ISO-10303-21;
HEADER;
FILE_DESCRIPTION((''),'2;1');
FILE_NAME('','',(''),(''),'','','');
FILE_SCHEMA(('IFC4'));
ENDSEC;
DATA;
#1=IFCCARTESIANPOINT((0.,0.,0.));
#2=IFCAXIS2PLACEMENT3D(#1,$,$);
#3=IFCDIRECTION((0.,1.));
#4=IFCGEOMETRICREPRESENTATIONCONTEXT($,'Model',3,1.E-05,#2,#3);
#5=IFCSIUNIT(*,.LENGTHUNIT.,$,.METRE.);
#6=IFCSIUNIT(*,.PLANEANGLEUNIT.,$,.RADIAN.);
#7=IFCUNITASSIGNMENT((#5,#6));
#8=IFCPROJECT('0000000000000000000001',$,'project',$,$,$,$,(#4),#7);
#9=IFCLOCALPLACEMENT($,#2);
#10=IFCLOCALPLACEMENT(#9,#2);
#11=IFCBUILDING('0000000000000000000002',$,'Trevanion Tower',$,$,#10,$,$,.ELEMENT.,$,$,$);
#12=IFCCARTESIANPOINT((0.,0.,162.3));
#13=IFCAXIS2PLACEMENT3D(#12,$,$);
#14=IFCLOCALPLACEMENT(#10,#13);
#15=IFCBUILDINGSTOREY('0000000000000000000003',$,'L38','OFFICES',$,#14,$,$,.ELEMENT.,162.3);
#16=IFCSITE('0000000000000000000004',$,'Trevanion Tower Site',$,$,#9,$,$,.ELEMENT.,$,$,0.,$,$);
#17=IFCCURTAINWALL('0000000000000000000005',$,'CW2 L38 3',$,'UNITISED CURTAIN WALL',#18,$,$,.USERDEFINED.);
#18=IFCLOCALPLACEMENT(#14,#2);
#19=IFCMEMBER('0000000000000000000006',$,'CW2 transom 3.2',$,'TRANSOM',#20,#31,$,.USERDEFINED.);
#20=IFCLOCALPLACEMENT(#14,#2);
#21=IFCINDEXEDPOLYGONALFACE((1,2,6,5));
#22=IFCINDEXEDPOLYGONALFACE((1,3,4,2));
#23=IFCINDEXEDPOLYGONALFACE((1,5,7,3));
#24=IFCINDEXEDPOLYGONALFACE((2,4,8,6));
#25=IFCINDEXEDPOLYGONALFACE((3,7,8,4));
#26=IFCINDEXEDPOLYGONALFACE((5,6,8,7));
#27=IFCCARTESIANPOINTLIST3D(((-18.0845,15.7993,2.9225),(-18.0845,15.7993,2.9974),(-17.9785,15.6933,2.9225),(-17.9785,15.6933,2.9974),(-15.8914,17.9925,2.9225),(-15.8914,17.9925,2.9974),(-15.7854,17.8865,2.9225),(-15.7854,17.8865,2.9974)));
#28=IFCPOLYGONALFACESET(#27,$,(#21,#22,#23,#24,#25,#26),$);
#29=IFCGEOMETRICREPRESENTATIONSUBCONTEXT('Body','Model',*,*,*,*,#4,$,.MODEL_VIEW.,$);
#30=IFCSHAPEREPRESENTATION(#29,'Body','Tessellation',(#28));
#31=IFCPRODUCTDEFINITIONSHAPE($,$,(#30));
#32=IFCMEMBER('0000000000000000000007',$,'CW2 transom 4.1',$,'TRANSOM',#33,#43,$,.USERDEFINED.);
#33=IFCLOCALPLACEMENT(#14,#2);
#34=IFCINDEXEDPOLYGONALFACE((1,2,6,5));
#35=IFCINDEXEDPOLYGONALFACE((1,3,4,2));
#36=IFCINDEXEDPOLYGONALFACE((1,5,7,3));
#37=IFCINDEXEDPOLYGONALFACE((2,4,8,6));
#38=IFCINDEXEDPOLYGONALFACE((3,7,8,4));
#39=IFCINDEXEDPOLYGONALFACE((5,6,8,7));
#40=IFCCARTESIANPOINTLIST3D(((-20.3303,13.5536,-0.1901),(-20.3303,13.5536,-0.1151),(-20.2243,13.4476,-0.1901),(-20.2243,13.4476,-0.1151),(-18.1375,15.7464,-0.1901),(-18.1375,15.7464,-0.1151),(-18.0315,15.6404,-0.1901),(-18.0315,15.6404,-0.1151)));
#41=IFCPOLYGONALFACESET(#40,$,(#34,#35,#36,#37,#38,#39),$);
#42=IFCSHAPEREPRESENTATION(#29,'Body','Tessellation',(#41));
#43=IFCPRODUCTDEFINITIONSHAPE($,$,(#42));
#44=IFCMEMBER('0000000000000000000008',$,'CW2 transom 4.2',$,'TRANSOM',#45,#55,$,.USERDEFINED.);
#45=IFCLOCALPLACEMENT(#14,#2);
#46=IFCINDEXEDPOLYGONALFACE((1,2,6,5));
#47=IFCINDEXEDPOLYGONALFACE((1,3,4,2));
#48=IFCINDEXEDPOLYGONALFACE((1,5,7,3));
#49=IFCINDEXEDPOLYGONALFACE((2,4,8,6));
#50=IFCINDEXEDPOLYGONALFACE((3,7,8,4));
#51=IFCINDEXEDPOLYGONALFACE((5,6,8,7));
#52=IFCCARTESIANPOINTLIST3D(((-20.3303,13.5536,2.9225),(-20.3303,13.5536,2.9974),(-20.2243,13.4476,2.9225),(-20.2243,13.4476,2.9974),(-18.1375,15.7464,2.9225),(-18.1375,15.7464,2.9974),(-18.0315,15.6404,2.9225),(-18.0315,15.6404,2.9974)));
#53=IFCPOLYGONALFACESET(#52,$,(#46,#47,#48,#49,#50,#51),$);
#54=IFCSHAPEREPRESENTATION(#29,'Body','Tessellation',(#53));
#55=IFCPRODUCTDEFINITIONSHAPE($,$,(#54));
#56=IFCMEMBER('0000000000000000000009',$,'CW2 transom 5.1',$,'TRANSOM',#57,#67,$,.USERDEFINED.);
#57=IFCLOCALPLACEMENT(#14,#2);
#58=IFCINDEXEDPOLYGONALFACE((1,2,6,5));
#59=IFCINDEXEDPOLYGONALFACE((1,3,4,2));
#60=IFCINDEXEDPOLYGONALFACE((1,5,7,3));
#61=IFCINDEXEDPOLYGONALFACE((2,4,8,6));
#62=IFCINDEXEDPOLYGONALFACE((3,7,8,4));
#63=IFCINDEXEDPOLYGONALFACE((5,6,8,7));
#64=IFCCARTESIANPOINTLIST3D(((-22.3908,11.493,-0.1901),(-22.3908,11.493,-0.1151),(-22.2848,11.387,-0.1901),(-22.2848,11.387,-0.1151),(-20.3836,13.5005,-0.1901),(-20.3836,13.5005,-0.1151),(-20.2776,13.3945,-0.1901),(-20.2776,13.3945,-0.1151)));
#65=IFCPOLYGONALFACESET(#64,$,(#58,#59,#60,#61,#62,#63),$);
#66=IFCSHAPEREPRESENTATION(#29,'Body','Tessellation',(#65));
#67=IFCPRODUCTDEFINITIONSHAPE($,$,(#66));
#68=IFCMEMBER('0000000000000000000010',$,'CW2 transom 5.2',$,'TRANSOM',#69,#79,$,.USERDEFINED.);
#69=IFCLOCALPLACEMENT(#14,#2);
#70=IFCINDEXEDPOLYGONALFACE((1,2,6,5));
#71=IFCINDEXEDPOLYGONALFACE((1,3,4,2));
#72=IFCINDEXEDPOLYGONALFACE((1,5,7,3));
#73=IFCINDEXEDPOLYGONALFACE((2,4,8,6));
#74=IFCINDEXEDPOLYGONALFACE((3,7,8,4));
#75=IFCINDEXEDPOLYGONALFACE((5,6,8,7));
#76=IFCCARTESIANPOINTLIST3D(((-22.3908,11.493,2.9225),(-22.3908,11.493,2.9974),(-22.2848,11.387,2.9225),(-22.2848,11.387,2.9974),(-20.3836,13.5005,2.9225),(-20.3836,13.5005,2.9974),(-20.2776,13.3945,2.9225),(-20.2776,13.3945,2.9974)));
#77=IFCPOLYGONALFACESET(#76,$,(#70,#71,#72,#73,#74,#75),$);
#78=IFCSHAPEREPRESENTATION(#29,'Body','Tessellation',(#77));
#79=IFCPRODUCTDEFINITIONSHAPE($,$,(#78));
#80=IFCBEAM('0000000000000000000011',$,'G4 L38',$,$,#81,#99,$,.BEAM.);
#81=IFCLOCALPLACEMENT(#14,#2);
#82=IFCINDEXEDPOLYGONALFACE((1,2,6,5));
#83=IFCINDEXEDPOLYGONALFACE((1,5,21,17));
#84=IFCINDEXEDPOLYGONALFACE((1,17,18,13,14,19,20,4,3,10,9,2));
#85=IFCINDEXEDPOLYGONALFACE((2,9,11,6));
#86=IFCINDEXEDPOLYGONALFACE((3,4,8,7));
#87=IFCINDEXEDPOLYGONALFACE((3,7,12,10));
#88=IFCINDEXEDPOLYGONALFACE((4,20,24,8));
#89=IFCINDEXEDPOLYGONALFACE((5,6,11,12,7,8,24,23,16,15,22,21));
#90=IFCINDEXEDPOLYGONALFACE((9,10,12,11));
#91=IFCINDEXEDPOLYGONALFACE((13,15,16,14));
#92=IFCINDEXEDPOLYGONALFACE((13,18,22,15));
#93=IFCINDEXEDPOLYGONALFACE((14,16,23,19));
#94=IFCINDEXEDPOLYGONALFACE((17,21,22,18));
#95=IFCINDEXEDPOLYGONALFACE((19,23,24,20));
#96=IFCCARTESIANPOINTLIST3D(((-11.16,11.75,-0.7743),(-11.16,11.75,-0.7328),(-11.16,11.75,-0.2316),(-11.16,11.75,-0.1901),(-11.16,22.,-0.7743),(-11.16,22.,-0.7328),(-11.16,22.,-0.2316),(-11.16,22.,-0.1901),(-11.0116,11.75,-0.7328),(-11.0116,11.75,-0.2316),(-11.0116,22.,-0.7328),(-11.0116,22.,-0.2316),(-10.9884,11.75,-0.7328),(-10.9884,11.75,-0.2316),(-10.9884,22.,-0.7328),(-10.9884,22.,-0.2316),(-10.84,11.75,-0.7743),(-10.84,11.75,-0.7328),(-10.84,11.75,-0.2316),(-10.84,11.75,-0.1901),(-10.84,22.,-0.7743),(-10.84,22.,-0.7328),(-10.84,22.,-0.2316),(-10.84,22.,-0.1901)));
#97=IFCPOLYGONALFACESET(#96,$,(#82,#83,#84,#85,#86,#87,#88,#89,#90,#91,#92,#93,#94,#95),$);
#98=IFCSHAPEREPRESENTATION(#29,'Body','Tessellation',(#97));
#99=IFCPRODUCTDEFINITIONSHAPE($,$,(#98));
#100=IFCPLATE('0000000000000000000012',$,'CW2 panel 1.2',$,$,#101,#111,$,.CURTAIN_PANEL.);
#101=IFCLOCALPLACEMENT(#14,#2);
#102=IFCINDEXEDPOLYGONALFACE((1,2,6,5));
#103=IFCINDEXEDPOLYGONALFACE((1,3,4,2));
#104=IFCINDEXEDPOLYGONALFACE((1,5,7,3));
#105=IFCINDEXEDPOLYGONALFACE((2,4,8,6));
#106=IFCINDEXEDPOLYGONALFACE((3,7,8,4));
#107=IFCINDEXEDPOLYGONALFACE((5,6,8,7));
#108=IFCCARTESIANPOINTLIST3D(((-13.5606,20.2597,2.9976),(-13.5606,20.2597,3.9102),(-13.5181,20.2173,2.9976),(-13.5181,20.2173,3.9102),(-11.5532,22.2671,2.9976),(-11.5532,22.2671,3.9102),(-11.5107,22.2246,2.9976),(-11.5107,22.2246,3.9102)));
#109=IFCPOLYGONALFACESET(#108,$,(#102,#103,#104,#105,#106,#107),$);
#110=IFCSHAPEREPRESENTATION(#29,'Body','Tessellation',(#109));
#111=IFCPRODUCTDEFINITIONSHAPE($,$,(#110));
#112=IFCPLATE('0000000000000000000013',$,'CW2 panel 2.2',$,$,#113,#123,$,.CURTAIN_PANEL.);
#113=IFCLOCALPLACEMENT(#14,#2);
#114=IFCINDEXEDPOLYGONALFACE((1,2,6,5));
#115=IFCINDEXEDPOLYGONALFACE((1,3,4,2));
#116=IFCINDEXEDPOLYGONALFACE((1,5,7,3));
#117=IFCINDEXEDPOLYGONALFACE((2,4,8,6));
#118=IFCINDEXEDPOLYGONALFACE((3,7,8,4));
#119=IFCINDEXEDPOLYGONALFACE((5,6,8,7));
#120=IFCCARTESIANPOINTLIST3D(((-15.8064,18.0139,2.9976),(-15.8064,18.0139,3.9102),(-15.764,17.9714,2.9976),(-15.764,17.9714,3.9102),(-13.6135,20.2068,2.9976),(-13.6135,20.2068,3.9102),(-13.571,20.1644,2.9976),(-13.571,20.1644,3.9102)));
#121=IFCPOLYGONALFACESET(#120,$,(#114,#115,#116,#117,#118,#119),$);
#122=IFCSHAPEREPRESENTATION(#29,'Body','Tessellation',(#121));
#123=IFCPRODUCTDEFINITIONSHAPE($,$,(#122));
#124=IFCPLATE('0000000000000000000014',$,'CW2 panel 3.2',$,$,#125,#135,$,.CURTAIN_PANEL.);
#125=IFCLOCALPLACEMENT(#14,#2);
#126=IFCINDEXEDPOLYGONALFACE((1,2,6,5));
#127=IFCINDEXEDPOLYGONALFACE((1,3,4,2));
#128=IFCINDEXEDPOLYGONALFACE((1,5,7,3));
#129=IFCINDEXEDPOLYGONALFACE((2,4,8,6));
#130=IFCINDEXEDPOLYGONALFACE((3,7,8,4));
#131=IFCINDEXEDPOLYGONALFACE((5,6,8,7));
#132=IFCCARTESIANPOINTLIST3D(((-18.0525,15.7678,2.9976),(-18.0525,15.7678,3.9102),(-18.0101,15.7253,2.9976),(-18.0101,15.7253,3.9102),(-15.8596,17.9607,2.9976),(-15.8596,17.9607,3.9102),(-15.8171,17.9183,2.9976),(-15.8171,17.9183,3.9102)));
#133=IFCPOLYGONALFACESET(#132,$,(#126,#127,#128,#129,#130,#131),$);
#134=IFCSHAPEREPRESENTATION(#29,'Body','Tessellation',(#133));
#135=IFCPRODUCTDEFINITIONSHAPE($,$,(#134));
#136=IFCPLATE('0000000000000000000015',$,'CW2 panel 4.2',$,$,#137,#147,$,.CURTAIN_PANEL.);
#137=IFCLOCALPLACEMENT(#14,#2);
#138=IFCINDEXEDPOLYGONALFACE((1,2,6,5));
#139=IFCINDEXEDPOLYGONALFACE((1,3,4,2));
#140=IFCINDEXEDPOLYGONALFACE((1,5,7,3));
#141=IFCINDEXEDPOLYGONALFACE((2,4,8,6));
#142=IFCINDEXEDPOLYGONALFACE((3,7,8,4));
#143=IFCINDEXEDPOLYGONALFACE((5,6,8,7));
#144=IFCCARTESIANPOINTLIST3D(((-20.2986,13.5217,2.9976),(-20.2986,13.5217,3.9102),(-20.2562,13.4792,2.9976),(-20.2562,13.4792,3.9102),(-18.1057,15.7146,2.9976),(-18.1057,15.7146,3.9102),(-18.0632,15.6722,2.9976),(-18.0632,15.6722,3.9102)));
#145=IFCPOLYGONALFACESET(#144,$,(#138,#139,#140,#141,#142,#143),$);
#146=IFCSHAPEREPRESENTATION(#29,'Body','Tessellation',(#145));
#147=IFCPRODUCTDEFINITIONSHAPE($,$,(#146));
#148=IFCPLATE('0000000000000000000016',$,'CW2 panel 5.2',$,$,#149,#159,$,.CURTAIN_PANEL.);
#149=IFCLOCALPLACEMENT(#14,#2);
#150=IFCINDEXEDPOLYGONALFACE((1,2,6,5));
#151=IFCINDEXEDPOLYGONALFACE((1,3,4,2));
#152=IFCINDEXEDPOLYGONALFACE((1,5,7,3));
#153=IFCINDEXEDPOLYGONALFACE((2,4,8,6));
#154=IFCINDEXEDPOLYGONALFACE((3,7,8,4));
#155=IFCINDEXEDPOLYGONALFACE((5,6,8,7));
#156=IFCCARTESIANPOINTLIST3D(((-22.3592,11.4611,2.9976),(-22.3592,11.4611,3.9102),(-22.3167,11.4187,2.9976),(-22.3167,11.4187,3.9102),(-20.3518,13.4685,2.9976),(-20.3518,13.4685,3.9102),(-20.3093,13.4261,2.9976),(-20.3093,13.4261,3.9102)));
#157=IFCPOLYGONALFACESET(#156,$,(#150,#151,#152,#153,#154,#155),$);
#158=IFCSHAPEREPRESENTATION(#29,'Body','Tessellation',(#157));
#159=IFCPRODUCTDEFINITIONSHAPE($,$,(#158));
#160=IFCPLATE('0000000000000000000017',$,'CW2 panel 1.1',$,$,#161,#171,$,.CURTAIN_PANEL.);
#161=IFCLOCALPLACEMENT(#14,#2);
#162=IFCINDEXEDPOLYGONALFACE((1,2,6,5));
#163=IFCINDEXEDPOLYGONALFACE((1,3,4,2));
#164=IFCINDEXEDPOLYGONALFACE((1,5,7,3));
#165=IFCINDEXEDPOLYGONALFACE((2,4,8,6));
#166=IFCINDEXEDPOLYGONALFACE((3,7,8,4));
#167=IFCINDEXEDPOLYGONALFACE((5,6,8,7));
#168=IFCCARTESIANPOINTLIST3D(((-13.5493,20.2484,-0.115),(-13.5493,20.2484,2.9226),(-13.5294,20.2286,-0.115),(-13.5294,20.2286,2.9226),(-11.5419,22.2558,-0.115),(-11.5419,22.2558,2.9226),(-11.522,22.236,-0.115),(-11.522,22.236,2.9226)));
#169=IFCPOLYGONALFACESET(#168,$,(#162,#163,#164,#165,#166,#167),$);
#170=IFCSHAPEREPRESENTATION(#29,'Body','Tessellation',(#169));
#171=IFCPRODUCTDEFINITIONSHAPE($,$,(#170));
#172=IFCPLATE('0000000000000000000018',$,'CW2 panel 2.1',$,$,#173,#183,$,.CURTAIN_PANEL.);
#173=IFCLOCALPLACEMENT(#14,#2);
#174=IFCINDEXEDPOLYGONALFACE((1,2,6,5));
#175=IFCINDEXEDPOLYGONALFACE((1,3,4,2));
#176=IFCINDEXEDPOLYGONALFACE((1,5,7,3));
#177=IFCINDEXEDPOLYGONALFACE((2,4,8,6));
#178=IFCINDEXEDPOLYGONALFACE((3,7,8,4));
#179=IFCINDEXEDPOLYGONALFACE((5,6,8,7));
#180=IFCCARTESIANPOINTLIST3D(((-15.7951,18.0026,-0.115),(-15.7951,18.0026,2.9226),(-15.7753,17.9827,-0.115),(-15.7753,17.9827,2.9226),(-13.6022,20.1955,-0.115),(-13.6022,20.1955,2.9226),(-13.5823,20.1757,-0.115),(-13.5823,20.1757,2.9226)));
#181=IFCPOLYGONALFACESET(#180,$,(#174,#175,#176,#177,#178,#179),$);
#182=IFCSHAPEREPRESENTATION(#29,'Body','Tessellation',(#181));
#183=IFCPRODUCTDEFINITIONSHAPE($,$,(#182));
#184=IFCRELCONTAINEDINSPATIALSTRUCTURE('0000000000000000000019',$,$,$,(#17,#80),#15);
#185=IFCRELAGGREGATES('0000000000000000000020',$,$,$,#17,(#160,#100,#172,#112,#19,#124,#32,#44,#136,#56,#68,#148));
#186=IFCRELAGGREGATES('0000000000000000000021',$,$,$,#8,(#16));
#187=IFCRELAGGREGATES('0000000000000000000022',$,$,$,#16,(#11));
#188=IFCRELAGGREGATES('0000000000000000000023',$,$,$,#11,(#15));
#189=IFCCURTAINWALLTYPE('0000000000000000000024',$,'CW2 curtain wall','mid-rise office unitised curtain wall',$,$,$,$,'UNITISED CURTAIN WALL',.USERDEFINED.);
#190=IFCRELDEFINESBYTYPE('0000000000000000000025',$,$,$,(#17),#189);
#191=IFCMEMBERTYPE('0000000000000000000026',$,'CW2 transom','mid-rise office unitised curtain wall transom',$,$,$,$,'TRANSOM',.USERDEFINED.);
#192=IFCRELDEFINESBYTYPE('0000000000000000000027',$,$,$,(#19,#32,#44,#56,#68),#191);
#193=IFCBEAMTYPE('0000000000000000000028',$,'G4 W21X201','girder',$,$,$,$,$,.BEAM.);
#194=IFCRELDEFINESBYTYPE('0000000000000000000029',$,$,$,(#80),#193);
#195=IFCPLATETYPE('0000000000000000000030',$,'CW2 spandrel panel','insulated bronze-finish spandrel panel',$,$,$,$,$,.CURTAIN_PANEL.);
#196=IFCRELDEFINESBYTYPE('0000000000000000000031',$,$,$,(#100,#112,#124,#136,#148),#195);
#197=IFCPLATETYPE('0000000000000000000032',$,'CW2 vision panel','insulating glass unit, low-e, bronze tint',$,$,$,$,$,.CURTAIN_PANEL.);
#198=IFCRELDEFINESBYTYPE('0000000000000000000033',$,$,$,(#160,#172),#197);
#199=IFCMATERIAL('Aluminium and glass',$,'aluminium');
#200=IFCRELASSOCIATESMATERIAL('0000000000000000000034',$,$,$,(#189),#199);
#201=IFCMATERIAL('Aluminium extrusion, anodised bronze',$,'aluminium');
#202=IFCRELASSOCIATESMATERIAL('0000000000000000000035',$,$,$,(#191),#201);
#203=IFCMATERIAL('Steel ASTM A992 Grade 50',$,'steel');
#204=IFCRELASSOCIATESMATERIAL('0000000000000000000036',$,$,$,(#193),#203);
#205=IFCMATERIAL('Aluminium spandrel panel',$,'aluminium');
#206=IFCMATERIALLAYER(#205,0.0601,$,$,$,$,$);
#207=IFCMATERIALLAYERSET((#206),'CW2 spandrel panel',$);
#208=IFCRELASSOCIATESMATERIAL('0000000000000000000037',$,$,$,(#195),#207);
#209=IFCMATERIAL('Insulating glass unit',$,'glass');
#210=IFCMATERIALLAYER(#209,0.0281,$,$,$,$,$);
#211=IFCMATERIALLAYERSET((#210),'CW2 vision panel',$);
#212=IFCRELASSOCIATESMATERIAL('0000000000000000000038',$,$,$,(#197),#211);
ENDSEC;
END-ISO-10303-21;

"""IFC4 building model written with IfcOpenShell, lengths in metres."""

from ifc_helpers import new_model, si_unit, direction, frame, origin, origin_2d, place, context, subcontext, project, spatial, rectangle, i_section, extrude, material, layer, layer_set, material_profile, profile_set, type_object, element, aggregate, save


model = new_model("IFC4")

# Units and contexts
model_context = context("Model", 3, precision=1e-05, world=origin(), true_north=direction((0.0, 1.0)))
body_context = subcontext(model_context, "Body", "Model", "MODEL_VIEW")
ifc_project = project(units=[si_unit("LENGTHUNIT", "METRE"), si_unit("PLANEANGLEUNIT", "RADIAN")], contexts=[model_context])

# Site, building, storey
site_placement = place(None, origin())
site = spatial("IfcSite", under=ifc_project, at=site_placement, Name="Trevanion Tower Site", CompositionType="ELEMENT", RefElevation=0.0)
building_placement = place(site_placement, origin())
building = spatial("IfcBuilding", under=site, at=building_placement, Name="Trevanion Tower", CompositionType="ELEMENT")
storey_placement = place(building_placement, frame((0.0, 0.0, 162.3)))
storey = spatial("IfcBuildingStorey", under=building, at=storey_placement, Name="L38", Description="OFFICES", CompositionType="ELEMENT", Elevation=162.3)

# Curtain wall
ifc_material_1 = material(Name="Aluminium and glass", Category="aluminium")
curtain_wall_type = type_object("IfcCurtainWallType", Name="CW2 curtain wall", Description="mid-rise office unitised curtain wall", ElementType="UNITISED CURTAIN WALL", PredefinedType="USERDEFINED", material=ifc_material_1)
curtain_wall_1_placement = place(storey_placement, origin())
curtain_wall_1 = element("IfcCurtainWall", 1, at=curtain_wall_1_placement, inside=storey, type_object=curtain_wall_type, Name="CW2 L38 3", ObjectType="UNITISED CURTAIN WALL", PredefinedType="USERDEFINED")

# Members
ifc_material_2 = material(Name="Aluminium extrusion, anodised bronze", Category="aluminium")
ifc_material_profile_1 = material_profile(ifc_material_2, rectangle(XDim=0.1499, YDim=0.075, at=origin_2d()), Name="CW2 transom")
ifc_profile_set_1 = profile_set([ifc_material_profile_1], Name="Aluminium extrusion, anodised bronze")
member_type_1 = type_object("IfcMemberType", Name="CW2 transom", Description="mid-rise office unitised curtain wall transom", ElementType="TRANSOM", PredefinedType="USERDEFINED", material=ifc_profile_set_1)
member_1_placement = place(storey_placement, frame((-15.8384, 17.9395, 2.96), z_axis=(-0.707107, -0.707107, 0.0), x_axis=(0.707107, -0.707107, 0.0)))
member_1 = element("IfcMember", 2, at=member_1_placement, type_object=member_type_1, Name="CW2 transom 3.2", ObjectType="TRANSOM", PredefinedType="USERDEFINED", context=body_context, shape_type="SweptSolid", body=[
    extrude(rectangle(XDim=0.1499, YDim=0.075, at=origin_2d()), origin(), (0.0, 0.0, 1.0), 3.1016),
])
member_2_placement = place(storey_placement, frame((-18.0845, 15.6934, -0.1526), z_axis=(-0.707107, -0.707107, 0.0), x_axis=(0.707107, -0.707107, 0.0)))
member_2 = element("IfcMember", 3, at=member_2_placement, type_object=member_type_1, Name="CW2 transom 4.1", ObjectType="TRANSOM", PredefinedType="USERDEFINED", context=body_context, shape_type="SweptSolid", body=[
    extrude(rectangle(XDim=0.1499, YDim=0.075, at=origin_2d()), origin(), (0.0, 0.0, 1.0), 3.1011),
])
member_3_placement = place(storey_placement, frame((-18.0845, 15.6934, 2.96), z_axis=(-0.707107, -0.707107, 0.0), x_axis=(0.707107, -0.707107, 0.0)))
member_3 = element("IfcMember", 4, at=member_3_placement, type_object=member_type_1, Name="CW2 transom 4.2", ObjectType="TRANSOM", PredefinedType="USERDEFINED", context=body_context, shape_type="SweptSolid", body=[
    extrude(rectangle(XDim=0.1499, YDim=0.075, at=origin_2d()), origin(), (0.0, 0.0, 1.0), 3.1011),
])
member_4_placement = place(storey_placement, frame((-20.3306, 13.4475, -0.1526), z_axis=(-0.707064, -0.70715, 0.0), x_axis=(0.70715, -0.707064, 0.0)))
member_4 = element("IfcMember", 5, at=member_4_placement, type_object=member_type_1, Name="CW2 transom 5.1", ObjectType="TRANSOM", PredefinedType="USERDEFINED", context=body_context, shape_type="SweptSolid", body=[
    extrude(rectangle(XDim=0.1499, YDim=0.075, at=origin_2d()), origin(), (0.0, 0.0, 1.0), 2.8389),
])
member_5_placement = place(storey_placement, frame((-20.3306, 13.4475, 2.96), z_axis=(-0.707064, -0.70715, 0.0), x_axis=(0.70715, -0.707064, 0.0)))
member_5 = element("IfcMember", 6, at=member_5_placement, type_object=member_type_1, Name="CW2 transom 5.2", ObjectType="TRANSOM", PredefinedType="USERDEFINED", context=body_context, shape_type="SweptSolid", body=[
    extrude(rectangle(XDim=0.1499, YDim=0.075, at=origin_2d()), origin(), (0.0, 0.0, 1.0), 2.8389),
])

# Beam
ifc_material_3 = material(Name="Steel ASTM A992 Grade 50", Category="steel")
ifc_material_profile_2 = material_profile(ifc_material_3, i_section(OverallWidth=0.3201, OverallDepth=0.5842, WebThickness=0.0232, FlangeThickness=0.0415, at=origin_2d()), Name="W21X201")
ifc_profile_set_2 = profile_set([ifc_material_profile_2], Name="Steel ASTM A992 Grade 50")
beam_type_1 = type_object("IfcBeamType", Name="G4 W21X201", Description="girder", PredefinedType="BEAM", material=ifc_profile_set_2)
beam_1_placement = place(storey_placement, frame((-11.0, 11.75, -0.4822), z_axis=(0.0, 1.0, 0.0), x_axis=(-1.0, 0.0, 0.0)))
element("IfcBeam", 7, at=beam_1_placement, inside=storey, type_object=beam_type_1, Name="G4 L38", PredefinedType="BEAM", context=body_context, shape_type="SweptSolid", body=[
    extrude(i_section(OverallWidth=0.3201, OverallDepth=0.5842, WebThickness=0.0232, FlangeThickness=0.0415, at=origin_2d()), origin(), (0.0, 0.0, 1.0), 10.25),
])

# Plates
ifc_material_4 = material(Name="Aluminium spandrel panel", Category="aluminium")
ifc_layer_1 = layer(ifc_material_4, 0.0601)
ifc_layer_set_1 = layer_set([ifc_layer_1], Name="CW2 spandrel panel")
plate_type_1 = type_object("IfcPlateType", Name="CW2 spandrel panel", Description="insulated bronze-finish spandrel panel", PredefinedType="CURTAIN_PANEL", material=ifc_layer_set_1)
plate_1_placement = place(storey_placement, frame((-12.5356, 21.2422, 2.9976), z_axis=(0.0, 0.0, 1.0), x_axis=(-0.707107, -0.707107, 0.0)))
plate_1 = element("IfcPlate", 8, at=plate_1_placement, type_object=plate_type_1, Name="CW2 panel 1.2", PredefinedType="CURTAIN_PANEL", context=body_context, shape_type="SweptSolid", body=[
    extrude(rectangle(XDim=2.8389, YDim=0.0601, at=origin_2d()), origin(), (0.0, 0.0, 1.0), 0.9126),
])
plate_2_placement = place(storey_placement, frame((-14.6887, 19.0891, 2.9976), z_axis=(0.0, 0.0, 1.0), x_axis=(-0.707107, -0.707107, 0.0)))
plate_2 = element("IfcPlate", 9, at=plate_2_placement, type_object=plate_type_1, Name="CW2 panel 2.2", PredefinedType="CURTAIN_PANEL", context=body_context, shape_type="SweptSolid", body=[
    extrude(rectangle(XDim=3.1013, YDim=0.0601, at=origin_2d()), origin(), (0.0, 0.0, 1.0), 0.9126),
])
plate_3_placement = place(storey_placement, frame((-16.9348, 16.843, 2.9976), z_axis=(0.0, 0.0, 1.0), x_axis=(-0.707107, -0.707107, 0.0)))
plate_3 = element("IfcPlate", 10, at=plate_3_placement, type_object=plate_type_1, Name="CW2 panel 3.2", PredefinedType="CURTAIN_PANEL", context=body_context, shape_type="SweptSolid", body=[
    extrude(rectangle(XDim=3.1013, YDim=0.0601, at=origin_2d()), origin(), (0.0, 0.0, 1.0), 0.9126),
])
plate_4_placement = place(storey_placement, frame((-19.1809, 14.5969, 2.9976), z_axis=(0.0, 0.0, 1.0), x_axis=(-0.707107, -0.707107, 0.0)))
plate_4 = element("IfcPlate", 11, at=plate_4_placement, type_object=plate_type_1, Name="CW2 panel 4.2", PredefinedType="CURTAIN_PANEL", context=body_context, shape_type="SweptSolid", body=[
    extrude(rectangle(XDim=3.1013, YDim=0.0601, at=origin_2d()), origin(), (0.0, 0.0, 1.0), 0.9126),
])
plate_5_placement = place(storey_placement, frame((-21.3342, 12.4436, 2.9976), z_axis=(0.0, 0.0, 1.0), x_axis=(-0.707107, -0.707107, 0.0)))
plate_5 = element("IfcPlate", 12, at=plate_5_placement, type_object=plate_type_1, Name="CW2 panel 5.2", PredefinedType="CURTAIN_PANEL", context=body_context, shape_type="SweptSolid", body=[
    extrude(rectangle(XDim=2.8389, YDim=0.0601, at=origin_2d()), origin(), (0.0, 0.0, 1.0), 0.9126),
])
ifc_material_5 = material(Name="Insulating glass unit", Category="glass")
ifc_layer_2 = layer(ifc_material_5, 0.0281)
ifc_layer_set_2 = layer_set([ifc_layer_2], Name="CW2 vision panel")
plate_type_2 = type_object("IfcPlateType", Name="CW2 vision panel", Description="insulating glass unit, low-e, bronze tint", PredefinedType="CURTAIN_PANEL", material=ifc_layer_set_2)
plate_6_placement = place(storey_placement, frame((-12.5356, 21.2422, -0.115), z_axis=(0.0, 0.0, 1.0), x_axis=(-0.707107, -0.707107, 0.0)))
plate_6 = element("IfcPlate", 13, at=plate_6_placement, type_object=plate_type_2, Name="CW2 panel 1.1", PredefinedType="CURTAIN_PANEL", context=body_context, shape_type="SweptSolid", body=[
    extrude(rectangle(XDim=2.8389, YDim=0.0281, at=origin_2d()), origin(), (0.0, 0.0, 1.0), 3.0376),
])
plate_7_placement = place(storey_placement, frame((-14.6887, 19.0891, -0.115), z_axis=(0.0, 0.0, 1.0), x_axis=(-0.707107, -0.707107, 0.0)))
plate_7 = element("IfcPlate", 14, at=plate_7_placement, type_object=plate_type_2, Name="CW2 panel 2.1", PredefinedType="CURTAIN_PANEL", context=body_context, shape_type="SweptSolid", body=[
    extrude(rectangle(XDim=3.1013, YDim=0.0281, at=origin_2d()), origin(), (0.0, 0.0, 1.0), 3.0376),
])
aggregate(curtain_wall_1, [plate_6, plate_1, plate_7, plate_2, member_1, plate_3, member_2, member_3, plate_4, member_4, member_5, plate_5])

save(model, "model.ifc")
